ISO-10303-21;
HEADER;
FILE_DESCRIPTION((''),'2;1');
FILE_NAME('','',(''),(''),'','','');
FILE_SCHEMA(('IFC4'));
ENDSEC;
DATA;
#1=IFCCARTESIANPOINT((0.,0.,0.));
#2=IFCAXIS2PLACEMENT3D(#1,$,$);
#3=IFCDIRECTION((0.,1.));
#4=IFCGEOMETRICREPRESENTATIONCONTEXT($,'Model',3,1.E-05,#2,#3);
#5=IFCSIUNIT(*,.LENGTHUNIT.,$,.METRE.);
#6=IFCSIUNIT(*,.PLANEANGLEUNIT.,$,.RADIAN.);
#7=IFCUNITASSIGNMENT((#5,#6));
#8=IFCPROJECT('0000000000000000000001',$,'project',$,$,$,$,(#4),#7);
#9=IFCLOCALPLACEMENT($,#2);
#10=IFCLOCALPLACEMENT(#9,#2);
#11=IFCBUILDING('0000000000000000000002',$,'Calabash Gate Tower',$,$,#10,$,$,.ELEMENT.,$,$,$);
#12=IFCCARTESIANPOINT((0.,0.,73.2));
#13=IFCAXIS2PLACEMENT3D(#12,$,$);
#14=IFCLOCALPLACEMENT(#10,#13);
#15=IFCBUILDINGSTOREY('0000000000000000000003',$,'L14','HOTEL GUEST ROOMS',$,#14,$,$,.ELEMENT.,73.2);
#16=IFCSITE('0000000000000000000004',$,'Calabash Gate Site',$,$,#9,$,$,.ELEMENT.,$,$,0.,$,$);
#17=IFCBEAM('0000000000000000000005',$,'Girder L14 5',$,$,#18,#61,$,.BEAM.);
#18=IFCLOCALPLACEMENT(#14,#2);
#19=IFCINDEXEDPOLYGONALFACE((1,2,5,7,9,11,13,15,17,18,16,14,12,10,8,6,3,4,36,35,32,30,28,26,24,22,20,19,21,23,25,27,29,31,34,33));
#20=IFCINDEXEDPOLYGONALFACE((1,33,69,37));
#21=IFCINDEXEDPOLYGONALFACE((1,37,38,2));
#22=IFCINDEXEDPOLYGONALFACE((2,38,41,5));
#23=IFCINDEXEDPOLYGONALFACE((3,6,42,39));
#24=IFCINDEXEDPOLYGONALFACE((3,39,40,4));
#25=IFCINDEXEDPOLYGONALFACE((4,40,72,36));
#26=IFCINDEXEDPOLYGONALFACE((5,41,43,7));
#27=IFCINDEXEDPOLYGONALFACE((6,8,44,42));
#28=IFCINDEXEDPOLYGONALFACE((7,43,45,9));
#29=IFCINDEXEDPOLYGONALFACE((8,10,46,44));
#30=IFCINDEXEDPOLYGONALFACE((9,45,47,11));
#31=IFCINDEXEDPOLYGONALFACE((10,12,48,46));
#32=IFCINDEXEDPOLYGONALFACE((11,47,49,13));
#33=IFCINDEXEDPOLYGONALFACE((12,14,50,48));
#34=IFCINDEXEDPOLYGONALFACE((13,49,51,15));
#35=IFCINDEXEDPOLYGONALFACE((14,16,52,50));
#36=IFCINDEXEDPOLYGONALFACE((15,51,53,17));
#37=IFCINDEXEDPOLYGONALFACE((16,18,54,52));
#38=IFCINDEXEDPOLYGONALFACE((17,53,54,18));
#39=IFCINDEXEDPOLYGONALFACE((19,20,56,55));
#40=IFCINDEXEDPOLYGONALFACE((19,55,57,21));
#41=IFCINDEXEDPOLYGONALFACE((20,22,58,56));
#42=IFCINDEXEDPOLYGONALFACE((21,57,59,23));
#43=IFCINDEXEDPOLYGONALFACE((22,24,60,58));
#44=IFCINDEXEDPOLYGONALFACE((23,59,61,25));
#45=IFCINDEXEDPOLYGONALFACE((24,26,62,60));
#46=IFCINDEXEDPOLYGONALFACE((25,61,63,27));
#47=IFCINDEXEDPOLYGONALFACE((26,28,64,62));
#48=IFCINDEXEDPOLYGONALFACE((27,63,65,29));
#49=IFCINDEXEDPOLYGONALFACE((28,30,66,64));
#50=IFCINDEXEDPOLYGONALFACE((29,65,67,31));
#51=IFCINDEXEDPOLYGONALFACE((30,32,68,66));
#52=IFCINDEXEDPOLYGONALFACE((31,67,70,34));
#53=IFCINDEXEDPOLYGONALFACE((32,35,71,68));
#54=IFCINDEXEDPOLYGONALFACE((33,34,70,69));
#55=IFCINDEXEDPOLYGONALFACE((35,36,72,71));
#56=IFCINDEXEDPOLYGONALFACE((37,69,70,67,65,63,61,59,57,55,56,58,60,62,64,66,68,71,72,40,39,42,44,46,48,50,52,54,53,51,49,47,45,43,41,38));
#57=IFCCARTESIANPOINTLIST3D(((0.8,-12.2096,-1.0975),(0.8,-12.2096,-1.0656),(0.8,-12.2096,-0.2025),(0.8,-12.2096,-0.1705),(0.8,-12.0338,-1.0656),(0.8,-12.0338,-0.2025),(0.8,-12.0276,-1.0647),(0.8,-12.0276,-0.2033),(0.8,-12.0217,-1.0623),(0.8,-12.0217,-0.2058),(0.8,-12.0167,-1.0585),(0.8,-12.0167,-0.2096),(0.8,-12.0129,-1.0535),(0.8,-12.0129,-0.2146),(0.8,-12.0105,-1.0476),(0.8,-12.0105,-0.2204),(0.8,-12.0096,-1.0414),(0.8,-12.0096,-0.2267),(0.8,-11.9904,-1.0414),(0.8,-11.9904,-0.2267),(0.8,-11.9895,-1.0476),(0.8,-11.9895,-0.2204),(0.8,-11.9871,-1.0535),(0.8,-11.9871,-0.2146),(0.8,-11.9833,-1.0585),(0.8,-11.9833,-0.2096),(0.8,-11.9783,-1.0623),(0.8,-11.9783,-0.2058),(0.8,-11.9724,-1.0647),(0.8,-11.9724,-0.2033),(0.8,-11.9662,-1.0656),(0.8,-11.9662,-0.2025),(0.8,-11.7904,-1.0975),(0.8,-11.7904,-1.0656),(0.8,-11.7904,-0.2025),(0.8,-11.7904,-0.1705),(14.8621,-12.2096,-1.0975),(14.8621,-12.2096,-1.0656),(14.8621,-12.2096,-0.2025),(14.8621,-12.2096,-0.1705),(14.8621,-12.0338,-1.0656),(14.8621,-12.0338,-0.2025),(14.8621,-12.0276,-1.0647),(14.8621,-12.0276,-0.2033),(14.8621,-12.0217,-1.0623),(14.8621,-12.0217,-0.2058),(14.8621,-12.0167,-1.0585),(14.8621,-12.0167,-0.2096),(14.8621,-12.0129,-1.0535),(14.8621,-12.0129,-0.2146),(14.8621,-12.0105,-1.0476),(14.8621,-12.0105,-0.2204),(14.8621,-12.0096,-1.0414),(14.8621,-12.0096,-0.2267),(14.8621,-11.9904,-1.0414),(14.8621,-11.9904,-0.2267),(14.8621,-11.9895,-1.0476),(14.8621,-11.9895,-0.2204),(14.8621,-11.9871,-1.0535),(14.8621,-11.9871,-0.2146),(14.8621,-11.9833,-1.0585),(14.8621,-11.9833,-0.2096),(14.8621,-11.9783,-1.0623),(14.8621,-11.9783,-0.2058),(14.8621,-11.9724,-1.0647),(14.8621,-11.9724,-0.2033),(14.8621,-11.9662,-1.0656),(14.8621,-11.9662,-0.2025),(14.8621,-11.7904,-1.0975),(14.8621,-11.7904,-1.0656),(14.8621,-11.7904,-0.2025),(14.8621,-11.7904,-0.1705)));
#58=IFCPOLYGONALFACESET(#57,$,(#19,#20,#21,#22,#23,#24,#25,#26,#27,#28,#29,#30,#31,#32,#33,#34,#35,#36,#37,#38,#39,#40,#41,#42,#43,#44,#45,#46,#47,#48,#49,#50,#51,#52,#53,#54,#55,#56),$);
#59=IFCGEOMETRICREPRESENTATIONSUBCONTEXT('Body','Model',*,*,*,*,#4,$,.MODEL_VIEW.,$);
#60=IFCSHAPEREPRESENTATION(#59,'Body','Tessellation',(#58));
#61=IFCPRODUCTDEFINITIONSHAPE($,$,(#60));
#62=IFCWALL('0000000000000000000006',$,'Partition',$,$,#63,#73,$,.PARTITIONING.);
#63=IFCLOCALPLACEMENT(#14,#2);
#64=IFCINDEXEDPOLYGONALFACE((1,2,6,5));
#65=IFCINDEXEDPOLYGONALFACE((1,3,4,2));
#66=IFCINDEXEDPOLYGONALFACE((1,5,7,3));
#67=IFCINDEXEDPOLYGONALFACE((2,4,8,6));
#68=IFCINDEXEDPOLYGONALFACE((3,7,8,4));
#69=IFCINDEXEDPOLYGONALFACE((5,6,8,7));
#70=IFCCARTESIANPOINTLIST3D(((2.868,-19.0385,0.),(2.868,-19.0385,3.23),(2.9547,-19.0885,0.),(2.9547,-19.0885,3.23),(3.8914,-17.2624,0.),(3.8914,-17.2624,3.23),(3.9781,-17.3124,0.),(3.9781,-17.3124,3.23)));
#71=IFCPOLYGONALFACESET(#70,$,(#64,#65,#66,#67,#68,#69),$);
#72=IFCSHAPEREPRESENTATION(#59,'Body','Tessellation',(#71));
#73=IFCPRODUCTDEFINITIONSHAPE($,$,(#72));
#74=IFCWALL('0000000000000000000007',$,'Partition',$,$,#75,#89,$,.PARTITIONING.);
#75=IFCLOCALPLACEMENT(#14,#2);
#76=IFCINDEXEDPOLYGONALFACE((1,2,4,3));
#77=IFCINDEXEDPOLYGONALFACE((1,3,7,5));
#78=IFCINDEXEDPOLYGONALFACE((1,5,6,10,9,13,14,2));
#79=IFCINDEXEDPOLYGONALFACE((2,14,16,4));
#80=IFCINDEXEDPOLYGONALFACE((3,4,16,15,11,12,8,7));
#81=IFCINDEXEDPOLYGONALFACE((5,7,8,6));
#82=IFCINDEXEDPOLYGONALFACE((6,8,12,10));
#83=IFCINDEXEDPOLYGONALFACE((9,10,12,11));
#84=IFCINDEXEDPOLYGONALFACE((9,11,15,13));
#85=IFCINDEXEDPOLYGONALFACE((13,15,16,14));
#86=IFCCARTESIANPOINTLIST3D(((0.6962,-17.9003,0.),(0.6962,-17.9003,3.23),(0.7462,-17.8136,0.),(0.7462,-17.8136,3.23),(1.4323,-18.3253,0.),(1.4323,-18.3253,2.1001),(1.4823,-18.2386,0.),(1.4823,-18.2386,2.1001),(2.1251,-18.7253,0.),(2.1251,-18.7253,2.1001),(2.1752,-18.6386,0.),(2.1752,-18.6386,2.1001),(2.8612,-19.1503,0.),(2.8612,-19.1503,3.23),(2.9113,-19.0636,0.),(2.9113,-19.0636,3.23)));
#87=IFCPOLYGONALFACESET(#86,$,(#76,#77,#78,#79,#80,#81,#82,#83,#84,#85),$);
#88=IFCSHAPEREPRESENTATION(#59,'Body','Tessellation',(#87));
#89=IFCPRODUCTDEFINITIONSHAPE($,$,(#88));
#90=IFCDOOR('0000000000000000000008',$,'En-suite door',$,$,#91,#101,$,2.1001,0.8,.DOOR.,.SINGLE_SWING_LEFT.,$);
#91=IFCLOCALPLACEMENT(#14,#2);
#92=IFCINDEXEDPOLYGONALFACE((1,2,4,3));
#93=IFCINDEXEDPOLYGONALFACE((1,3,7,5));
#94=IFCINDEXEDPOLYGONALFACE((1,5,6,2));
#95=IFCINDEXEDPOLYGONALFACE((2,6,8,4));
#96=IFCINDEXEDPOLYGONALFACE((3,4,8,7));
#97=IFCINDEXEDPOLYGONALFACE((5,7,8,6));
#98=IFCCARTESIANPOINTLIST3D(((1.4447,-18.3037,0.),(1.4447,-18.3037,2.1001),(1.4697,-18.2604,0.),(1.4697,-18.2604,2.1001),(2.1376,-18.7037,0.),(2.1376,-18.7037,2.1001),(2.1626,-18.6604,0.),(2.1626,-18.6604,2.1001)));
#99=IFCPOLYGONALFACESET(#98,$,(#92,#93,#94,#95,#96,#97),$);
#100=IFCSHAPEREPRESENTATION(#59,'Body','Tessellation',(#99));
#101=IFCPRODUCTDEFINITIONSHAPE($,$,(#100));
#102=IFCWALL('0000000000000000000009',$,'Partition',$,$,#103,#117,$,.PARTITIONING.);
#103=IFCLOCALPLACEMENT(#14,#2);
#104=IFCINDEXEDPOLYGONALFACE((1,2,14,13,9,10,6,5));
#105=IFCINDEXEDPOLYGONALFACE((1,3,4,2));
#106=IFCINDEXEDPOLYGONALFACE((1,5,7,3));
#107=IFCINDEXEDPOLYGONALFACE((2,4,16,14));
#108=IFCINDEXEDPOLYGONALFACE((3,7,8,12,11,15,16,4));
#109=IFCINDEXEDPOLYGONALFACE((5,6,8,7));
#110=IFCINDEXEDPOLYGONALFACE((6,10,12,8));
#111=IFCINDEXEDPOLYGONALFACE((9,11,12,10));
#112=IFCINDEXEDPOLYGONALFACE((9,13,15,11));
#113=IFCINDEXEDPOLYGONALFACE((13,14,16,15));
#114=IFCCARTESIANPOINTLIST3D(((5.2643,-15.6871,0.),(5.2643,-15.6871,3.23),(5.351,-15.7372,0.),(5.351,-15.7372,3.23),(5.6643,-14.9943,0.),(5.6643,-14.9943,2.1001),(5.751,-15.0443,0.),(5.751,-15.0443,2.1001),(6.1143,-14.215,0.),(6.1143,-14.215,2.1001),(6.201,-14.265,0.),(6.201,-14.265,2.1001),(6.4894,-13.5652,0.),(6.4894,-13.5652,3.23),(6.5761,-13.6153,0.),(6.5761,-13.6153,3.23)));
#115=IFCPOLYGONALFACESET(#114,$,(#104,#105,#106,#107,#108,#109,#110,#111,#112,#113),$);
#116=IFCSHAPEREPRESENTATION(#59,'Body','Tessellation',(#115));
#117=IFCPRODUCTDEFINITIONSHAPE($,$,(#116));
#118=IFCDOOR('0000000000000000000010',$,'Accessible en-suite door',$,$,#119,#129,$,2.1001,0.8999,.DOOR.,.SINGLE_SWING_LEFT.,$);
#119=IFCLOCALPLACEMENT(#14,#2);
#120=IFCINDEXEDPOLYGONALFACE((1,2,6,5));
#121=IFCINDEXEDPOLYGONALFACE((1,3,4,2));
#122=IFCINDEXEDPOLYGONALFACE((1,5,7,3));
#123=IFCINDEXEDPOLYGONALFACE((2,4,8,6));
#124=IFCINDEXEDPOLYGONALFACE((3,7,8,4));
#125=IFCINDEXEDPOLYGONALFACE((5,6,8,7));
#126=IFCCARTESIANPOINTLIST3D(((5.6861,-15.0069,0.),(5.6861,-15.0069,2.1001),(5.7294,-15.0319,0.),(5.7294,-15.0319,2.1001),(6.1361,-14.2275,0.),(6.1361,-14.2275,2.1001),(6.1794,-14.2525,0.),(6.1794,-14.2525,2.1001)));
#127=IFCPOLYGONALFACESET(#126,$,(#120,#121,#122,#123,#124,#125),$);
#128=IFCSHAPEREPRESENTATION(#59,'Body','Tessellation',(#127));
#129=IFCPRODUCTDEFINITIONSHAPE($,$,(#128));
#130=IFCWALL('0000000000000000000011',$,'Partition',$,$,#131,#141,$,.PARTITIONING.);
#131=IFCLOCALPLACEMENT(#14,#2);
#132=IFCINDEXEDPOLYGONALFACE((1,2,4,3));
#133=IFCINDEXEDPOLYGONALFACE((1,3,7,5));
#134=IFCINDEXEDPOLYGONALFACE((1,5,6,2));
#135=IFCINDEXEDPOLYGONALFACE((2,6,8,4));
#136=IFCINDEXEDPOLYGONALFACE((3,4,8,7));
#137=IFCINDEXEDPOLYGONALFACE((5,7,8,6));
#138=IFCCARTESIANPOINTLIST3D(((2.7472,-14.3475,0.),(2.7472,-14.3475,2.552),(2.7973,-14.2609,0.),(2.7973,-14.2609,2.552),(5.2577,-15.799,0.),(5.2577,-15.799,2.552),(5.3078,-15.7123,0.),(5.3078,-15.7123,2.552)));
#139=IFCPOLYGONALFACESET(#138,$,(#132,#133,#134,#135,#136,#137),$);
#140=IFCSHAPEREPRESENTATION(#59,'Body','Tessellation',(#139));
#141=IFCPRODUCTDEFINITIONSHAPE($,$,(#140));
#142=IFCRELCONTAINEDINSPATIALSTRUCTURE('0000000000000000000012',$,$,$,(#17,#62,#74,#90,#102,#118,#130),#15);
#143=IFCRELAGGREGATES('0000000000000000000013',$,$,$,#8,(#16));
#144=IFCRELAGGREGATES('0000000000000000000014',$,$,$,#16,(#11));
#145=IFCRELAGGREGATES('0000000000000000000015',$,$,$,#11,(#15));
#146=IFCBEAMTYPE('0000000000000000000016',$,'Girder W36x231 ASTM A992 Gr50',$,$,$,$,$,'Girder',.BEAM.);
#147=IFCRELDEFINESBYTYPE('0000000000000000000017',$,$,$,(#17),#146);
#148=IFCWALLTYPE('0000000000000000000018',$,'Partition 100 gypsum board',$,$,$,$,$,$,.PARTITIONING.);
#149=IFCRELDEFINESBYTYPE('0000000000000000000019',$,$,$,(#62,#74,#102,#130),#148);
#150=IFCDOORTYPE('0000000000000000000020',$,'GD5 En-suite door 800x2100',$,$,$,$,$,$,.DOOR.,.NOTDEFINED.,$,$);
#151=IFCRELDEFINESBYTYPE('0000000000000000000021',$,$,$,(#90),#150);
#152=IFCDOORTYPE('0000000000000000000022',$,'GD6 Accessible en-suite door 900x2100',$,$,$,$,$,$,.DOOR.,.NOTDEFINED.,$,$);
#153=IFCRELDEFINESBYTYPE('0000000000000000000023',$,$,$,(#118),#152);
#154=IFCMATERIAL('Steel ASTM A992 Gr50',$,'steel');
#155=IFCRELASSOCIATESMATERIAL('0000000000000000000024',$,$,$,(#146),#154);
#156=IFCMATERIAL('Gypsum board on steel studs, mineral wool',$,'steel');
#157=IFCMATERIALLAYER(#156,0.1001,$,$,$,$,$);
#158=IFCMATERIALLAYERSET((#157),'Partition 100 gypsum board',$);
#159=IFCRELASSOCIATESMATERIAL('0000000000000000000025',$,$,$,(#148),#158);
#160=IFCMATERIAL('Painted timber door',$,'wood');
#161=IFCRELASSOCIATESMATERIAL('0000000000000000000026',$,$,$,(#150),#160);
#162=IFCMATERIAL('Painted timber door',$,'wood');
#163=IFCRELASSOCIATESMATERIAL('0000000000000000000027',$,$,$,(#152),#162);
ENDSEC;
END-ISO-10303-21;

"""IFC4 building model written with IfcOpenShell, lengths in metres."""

from ifc_helpers import new_model, si_unit, direction, frame, frame_2d, origin, origin_2d, place, context, subcontext, project, spatial, rectangle, i_section, extrude, material, layer, layer_set, material_profile, profile_set, type_object, element, fill, save


model = new_model("IFC4")

# Units and contexts
model_context = context("Model", 3, precision=1e-05, world=origin(), true_north=direction((0.0, 1.0)))
body_context = subcontext(model_context, "Body", "Model", "MODEL_VIEW")
ifc_project = project(units=[si_unit("LENGTHUNIT", "METRE"), si_unit("PLANEANGLEUNIT", "RADIAN")], contexts=[model_context])

# Site, building, storey
site_placement = place(None, origin())
site = spatial("IfcSite", under=ifc_project, at=site_placement, Name="Calabash Gate Site", CompositionType="ELEMENT", RefElevation=0.0)
building_placement = place(site_placement, origin())
building = spatial("IfcBuilding", under=site, at=building_placement, Name="Calabash Gate Tower", CompositionType="ELEMENT")
storey_placement = place(building_placement, frame((0.0, 0.0, 73.2)))
storey = spatial("IfcBuildingStorey", under=building, at=storey_placement, Name="L14", Description="HOTEL GUEST ROOMS", CompositionType="ELEMENT", Elevation=73.2)

# Beam
ifc_material_1 = material(Name="Steel ASTM A992 Gr50", Category="steel")
ifc_material_profile = material_profile(ifc_material_1, i_section(OverallWidth=0.4192, OverallDepth=0.927, WebThickness=0.0193, FlangeThickness=0.032, FilletRadius=0.0242, at=origin_2d()))
ifc_profile_set = profile_set([ifc_material_profile], Name="Steel ASTM A992 Gr50")
beam_type = type_object("IfcBeamType", Name="Girder W36x231 ASTM A992 Gr50", ElementType="Girder", PredefinedType="BEAM", material=ifc_profile_set)
beam_placement = place(storey_placement, frame((0.8, -12.0, -0.634), z_axis=(1.0, 0.0, 0.0), x_axis=(0.0, 1.0, 0.0)))
element("IfcBeam", 1, at=beam_placement, inside=storey, type_object=beam_type, Name="Girder L14 5", PredefinedType="BEAM", context=body_context, shape_type="SweptSolid", body=[
    extrude(i_section(OverallWidth=0.4192, OverallDepth=0.927, WebThickness=0.0193, FlangeThickness=0.032, FilletRadius=0.0242, at=origin_2d()), origin(), (0.0, 0.0, 1.0), 14.062),
])

# Wall
ifc_material_2 = material(Name="Gypsum board on steel studs, mineral wool", Category="steel")
ifc_layer_1 = layer(ifc_material_2, 0.1001)
ifc_layer_set_1 = layer_set([ifc_layer_1], Name="Partition 100 gypsum board")
wall_type_1 = type_object("IfcWallType", Name="Partition 100 gypsum board", PredefinedType="PARTITIONING", material=ifc_layer_set_1)
wall_1_placement = place(storey_placement, frame((2.9114, -19.0635, 0.0), z_axis=(0.0, 0.0, 1.0), x_axis=(0.499265, 0.866449, 0.0)))
element("IfcWall", 2, at=wall_1_placement, inside=storey, type_object=wall_type_1, Name="Partition", PredefinedType="PARTITIONING", context=body_context, shape_type="SweptSolid", body=[
    extrude(rectangle(XDim=2.0498, YDim=0.1001, at=frame_2d((1.0249, 0.0))), origin(), (0.0, 0.0, 1.0), 3.23),
])

# Walls, openings, doors
wall_2_placement = place(storey_placement, frame((0.7212, -17.8569, 0.0), z_axis=(0.0, 0.0, 1.0), x_axis=(0.866023, -0.500004, 0.0)))
wall_2 = element("IfcWall", 3, at=wall_2_placement, inside=storey, type_object=wall_type_1, Name="Partition", PredefinedType="PARTITIONING", context=body_context, shape_type="SweptSolid", body=[
    extrude(rectangle(XDim=2.5, YDim=0.1001, at=frame_2d((1.25, 0.0))), origin(), (0.0, 0.0, 1.0), 3.23),
])
opening_1_placement = place(wall_2_placement, frame((0.8501, 0.0, 0.0)))
opening_1 = element("IfcOpeningElement", 4, at=opening_1_placement, cuts=wall_2, PredefinedType="OPENING", context=body_context, shape_type="SweptSolid", body=[
    extrude(rectangle(XDim=0.8, YDim=2.1001, at=frame_2d((0.3999, 1.05))), frame((0.0, 0.0601, 0.0), z_axis=(0.0, -1.0, 0.0), x_axis=(1.0, 0.0, 0.0)), (0.0, 0.0, 1.0), 0.1201),
])
ifc_material_3 = material(Name="Painted timber door", Category="wood")
door_type_1 = type_object("IfcDoorType", Name="GD5 En-suite door 800x2100", OperationType="NOTDEFINED", PredefinedType="DOOR", material=ifc_material_3)
door_1_placement = place(opening_1_placement, origin())
door_1 = element("IfcDoor", 5, at=door_1_placement, inside=storey, type_object=door_type_1, Name="En-suite door", OperationType="SINGLE_SWING_LEFT", OverallHeight=2.1001, OverallWidth=0.8, PredefinedType="DOOR", context=body_context, shape_type="SweptSolid", body=[
    extrude(rectangle(XDim=0.8, YDim=2.1001, at=frame_2d((0.3999, 1.05))), frame((0.0, 0.0249, 0.0), z_axis=(0.0, -1.0, 0.0), x_axis=(1.0, 0.0, 0.0)), (0.0, 0.0, 1.0), 0.05),
])
fill(opening_1, door_1)
wall_3_placement = place(storey_placement, frame((5.3076, -15.7122, 0.0), z_axis=(0.0, 0.0, 1.0), x_axis=(0.500019, 0.866015, 0.0)))
wall_3 = element("IfcWall", 6, at=wall_3_placement, inside=storey, type_object=wall_type_1, Name="Partition", PredefinedType="PARTITIONING", context=body_context, shape_type="SweptSolid", body=[
    extrude(rectangle(XDim=2.4502, YDim=0.1001, at=frame_2d((1.2251, 0.0))), origin(), (0.0, 0.0, 1.0), 3.23),
])
opening_2_placement = place(wall_3_placement, frame((0.8, 0.0, 0.0)))
opening_2 = element("IfcOpeningElement", 7, at=opening_2_placement, cuts=wall_3, PredefinedType="OPENING", context=body_context, shape_type="SweptSolid", body=[
    extrude(rectangle(XDim=0.8999, YDim=2.1001, at=frame_2d((0.45, 1.05))), frame((0.0, 0.0601, 0.0), z_axis=(0.0, -1.0, 0.0), x_axis=(1.0, 0.0, 0.0)), (0.0, 0.0, 1.0), 0.1201),
])
ifc_material_4 = material(Name="Painted timber door", Category="wood")
door_type_2 = type_object("IfcDoorType", Name="GD6 Accessible en-suite door 900x2100", OperationType="NOTDEFINED", PredefinedType="DOOR", material=ifc_material_4)
door_2_placement = place(opening_2_placement, origin())
door_2 = element("IfcDoor", 8, at=door_2_placement, inside=storey, type_object=door_type_2, Name="Accessible en-suite door", OperationType="SINGLE_SWING_LEFT", OverallHeight=2.1001, OverallWidth=0.8999, PredefinedType="DOOR", context=body_context, shape_type="SweptSolid", body=[
    extrude(rectangle(XDim=0.8999, YDim=2.1001, at=frame_2d((0.45, 1.05))), frame((0.0, 0.0249, 0.0), z_axis=(0.0, -1.0, 0.0), x_axis=(1.0, 0.0, 0.0)), (0.0, 0.0, 1.0), 0.05),
])
fill(opening_2, door_2)

# Wall
wall_4_placement = place(storey_placement, frame((2.7722, -14.3042, 0.0), z_axis=(0.0, 0.0, 1.0), x_axis=(0.86573, -0.500512, 0.0)))
element("IfcWall", 9, at=wall_4_placement, inside=storey, type_object=wall_type_1, Name="Partition", PredefinedType="PARTITIONING", context=body_context, shape_type="SweptSolid", body=[
    extrude(rectangle(XDim=2.8999, YDim=0.1001, at=frame_2d((1.45, 0.0))), origin(), (0.0, 0.0, 1.0), 2.552),
])

save(model, "model.ifc")
